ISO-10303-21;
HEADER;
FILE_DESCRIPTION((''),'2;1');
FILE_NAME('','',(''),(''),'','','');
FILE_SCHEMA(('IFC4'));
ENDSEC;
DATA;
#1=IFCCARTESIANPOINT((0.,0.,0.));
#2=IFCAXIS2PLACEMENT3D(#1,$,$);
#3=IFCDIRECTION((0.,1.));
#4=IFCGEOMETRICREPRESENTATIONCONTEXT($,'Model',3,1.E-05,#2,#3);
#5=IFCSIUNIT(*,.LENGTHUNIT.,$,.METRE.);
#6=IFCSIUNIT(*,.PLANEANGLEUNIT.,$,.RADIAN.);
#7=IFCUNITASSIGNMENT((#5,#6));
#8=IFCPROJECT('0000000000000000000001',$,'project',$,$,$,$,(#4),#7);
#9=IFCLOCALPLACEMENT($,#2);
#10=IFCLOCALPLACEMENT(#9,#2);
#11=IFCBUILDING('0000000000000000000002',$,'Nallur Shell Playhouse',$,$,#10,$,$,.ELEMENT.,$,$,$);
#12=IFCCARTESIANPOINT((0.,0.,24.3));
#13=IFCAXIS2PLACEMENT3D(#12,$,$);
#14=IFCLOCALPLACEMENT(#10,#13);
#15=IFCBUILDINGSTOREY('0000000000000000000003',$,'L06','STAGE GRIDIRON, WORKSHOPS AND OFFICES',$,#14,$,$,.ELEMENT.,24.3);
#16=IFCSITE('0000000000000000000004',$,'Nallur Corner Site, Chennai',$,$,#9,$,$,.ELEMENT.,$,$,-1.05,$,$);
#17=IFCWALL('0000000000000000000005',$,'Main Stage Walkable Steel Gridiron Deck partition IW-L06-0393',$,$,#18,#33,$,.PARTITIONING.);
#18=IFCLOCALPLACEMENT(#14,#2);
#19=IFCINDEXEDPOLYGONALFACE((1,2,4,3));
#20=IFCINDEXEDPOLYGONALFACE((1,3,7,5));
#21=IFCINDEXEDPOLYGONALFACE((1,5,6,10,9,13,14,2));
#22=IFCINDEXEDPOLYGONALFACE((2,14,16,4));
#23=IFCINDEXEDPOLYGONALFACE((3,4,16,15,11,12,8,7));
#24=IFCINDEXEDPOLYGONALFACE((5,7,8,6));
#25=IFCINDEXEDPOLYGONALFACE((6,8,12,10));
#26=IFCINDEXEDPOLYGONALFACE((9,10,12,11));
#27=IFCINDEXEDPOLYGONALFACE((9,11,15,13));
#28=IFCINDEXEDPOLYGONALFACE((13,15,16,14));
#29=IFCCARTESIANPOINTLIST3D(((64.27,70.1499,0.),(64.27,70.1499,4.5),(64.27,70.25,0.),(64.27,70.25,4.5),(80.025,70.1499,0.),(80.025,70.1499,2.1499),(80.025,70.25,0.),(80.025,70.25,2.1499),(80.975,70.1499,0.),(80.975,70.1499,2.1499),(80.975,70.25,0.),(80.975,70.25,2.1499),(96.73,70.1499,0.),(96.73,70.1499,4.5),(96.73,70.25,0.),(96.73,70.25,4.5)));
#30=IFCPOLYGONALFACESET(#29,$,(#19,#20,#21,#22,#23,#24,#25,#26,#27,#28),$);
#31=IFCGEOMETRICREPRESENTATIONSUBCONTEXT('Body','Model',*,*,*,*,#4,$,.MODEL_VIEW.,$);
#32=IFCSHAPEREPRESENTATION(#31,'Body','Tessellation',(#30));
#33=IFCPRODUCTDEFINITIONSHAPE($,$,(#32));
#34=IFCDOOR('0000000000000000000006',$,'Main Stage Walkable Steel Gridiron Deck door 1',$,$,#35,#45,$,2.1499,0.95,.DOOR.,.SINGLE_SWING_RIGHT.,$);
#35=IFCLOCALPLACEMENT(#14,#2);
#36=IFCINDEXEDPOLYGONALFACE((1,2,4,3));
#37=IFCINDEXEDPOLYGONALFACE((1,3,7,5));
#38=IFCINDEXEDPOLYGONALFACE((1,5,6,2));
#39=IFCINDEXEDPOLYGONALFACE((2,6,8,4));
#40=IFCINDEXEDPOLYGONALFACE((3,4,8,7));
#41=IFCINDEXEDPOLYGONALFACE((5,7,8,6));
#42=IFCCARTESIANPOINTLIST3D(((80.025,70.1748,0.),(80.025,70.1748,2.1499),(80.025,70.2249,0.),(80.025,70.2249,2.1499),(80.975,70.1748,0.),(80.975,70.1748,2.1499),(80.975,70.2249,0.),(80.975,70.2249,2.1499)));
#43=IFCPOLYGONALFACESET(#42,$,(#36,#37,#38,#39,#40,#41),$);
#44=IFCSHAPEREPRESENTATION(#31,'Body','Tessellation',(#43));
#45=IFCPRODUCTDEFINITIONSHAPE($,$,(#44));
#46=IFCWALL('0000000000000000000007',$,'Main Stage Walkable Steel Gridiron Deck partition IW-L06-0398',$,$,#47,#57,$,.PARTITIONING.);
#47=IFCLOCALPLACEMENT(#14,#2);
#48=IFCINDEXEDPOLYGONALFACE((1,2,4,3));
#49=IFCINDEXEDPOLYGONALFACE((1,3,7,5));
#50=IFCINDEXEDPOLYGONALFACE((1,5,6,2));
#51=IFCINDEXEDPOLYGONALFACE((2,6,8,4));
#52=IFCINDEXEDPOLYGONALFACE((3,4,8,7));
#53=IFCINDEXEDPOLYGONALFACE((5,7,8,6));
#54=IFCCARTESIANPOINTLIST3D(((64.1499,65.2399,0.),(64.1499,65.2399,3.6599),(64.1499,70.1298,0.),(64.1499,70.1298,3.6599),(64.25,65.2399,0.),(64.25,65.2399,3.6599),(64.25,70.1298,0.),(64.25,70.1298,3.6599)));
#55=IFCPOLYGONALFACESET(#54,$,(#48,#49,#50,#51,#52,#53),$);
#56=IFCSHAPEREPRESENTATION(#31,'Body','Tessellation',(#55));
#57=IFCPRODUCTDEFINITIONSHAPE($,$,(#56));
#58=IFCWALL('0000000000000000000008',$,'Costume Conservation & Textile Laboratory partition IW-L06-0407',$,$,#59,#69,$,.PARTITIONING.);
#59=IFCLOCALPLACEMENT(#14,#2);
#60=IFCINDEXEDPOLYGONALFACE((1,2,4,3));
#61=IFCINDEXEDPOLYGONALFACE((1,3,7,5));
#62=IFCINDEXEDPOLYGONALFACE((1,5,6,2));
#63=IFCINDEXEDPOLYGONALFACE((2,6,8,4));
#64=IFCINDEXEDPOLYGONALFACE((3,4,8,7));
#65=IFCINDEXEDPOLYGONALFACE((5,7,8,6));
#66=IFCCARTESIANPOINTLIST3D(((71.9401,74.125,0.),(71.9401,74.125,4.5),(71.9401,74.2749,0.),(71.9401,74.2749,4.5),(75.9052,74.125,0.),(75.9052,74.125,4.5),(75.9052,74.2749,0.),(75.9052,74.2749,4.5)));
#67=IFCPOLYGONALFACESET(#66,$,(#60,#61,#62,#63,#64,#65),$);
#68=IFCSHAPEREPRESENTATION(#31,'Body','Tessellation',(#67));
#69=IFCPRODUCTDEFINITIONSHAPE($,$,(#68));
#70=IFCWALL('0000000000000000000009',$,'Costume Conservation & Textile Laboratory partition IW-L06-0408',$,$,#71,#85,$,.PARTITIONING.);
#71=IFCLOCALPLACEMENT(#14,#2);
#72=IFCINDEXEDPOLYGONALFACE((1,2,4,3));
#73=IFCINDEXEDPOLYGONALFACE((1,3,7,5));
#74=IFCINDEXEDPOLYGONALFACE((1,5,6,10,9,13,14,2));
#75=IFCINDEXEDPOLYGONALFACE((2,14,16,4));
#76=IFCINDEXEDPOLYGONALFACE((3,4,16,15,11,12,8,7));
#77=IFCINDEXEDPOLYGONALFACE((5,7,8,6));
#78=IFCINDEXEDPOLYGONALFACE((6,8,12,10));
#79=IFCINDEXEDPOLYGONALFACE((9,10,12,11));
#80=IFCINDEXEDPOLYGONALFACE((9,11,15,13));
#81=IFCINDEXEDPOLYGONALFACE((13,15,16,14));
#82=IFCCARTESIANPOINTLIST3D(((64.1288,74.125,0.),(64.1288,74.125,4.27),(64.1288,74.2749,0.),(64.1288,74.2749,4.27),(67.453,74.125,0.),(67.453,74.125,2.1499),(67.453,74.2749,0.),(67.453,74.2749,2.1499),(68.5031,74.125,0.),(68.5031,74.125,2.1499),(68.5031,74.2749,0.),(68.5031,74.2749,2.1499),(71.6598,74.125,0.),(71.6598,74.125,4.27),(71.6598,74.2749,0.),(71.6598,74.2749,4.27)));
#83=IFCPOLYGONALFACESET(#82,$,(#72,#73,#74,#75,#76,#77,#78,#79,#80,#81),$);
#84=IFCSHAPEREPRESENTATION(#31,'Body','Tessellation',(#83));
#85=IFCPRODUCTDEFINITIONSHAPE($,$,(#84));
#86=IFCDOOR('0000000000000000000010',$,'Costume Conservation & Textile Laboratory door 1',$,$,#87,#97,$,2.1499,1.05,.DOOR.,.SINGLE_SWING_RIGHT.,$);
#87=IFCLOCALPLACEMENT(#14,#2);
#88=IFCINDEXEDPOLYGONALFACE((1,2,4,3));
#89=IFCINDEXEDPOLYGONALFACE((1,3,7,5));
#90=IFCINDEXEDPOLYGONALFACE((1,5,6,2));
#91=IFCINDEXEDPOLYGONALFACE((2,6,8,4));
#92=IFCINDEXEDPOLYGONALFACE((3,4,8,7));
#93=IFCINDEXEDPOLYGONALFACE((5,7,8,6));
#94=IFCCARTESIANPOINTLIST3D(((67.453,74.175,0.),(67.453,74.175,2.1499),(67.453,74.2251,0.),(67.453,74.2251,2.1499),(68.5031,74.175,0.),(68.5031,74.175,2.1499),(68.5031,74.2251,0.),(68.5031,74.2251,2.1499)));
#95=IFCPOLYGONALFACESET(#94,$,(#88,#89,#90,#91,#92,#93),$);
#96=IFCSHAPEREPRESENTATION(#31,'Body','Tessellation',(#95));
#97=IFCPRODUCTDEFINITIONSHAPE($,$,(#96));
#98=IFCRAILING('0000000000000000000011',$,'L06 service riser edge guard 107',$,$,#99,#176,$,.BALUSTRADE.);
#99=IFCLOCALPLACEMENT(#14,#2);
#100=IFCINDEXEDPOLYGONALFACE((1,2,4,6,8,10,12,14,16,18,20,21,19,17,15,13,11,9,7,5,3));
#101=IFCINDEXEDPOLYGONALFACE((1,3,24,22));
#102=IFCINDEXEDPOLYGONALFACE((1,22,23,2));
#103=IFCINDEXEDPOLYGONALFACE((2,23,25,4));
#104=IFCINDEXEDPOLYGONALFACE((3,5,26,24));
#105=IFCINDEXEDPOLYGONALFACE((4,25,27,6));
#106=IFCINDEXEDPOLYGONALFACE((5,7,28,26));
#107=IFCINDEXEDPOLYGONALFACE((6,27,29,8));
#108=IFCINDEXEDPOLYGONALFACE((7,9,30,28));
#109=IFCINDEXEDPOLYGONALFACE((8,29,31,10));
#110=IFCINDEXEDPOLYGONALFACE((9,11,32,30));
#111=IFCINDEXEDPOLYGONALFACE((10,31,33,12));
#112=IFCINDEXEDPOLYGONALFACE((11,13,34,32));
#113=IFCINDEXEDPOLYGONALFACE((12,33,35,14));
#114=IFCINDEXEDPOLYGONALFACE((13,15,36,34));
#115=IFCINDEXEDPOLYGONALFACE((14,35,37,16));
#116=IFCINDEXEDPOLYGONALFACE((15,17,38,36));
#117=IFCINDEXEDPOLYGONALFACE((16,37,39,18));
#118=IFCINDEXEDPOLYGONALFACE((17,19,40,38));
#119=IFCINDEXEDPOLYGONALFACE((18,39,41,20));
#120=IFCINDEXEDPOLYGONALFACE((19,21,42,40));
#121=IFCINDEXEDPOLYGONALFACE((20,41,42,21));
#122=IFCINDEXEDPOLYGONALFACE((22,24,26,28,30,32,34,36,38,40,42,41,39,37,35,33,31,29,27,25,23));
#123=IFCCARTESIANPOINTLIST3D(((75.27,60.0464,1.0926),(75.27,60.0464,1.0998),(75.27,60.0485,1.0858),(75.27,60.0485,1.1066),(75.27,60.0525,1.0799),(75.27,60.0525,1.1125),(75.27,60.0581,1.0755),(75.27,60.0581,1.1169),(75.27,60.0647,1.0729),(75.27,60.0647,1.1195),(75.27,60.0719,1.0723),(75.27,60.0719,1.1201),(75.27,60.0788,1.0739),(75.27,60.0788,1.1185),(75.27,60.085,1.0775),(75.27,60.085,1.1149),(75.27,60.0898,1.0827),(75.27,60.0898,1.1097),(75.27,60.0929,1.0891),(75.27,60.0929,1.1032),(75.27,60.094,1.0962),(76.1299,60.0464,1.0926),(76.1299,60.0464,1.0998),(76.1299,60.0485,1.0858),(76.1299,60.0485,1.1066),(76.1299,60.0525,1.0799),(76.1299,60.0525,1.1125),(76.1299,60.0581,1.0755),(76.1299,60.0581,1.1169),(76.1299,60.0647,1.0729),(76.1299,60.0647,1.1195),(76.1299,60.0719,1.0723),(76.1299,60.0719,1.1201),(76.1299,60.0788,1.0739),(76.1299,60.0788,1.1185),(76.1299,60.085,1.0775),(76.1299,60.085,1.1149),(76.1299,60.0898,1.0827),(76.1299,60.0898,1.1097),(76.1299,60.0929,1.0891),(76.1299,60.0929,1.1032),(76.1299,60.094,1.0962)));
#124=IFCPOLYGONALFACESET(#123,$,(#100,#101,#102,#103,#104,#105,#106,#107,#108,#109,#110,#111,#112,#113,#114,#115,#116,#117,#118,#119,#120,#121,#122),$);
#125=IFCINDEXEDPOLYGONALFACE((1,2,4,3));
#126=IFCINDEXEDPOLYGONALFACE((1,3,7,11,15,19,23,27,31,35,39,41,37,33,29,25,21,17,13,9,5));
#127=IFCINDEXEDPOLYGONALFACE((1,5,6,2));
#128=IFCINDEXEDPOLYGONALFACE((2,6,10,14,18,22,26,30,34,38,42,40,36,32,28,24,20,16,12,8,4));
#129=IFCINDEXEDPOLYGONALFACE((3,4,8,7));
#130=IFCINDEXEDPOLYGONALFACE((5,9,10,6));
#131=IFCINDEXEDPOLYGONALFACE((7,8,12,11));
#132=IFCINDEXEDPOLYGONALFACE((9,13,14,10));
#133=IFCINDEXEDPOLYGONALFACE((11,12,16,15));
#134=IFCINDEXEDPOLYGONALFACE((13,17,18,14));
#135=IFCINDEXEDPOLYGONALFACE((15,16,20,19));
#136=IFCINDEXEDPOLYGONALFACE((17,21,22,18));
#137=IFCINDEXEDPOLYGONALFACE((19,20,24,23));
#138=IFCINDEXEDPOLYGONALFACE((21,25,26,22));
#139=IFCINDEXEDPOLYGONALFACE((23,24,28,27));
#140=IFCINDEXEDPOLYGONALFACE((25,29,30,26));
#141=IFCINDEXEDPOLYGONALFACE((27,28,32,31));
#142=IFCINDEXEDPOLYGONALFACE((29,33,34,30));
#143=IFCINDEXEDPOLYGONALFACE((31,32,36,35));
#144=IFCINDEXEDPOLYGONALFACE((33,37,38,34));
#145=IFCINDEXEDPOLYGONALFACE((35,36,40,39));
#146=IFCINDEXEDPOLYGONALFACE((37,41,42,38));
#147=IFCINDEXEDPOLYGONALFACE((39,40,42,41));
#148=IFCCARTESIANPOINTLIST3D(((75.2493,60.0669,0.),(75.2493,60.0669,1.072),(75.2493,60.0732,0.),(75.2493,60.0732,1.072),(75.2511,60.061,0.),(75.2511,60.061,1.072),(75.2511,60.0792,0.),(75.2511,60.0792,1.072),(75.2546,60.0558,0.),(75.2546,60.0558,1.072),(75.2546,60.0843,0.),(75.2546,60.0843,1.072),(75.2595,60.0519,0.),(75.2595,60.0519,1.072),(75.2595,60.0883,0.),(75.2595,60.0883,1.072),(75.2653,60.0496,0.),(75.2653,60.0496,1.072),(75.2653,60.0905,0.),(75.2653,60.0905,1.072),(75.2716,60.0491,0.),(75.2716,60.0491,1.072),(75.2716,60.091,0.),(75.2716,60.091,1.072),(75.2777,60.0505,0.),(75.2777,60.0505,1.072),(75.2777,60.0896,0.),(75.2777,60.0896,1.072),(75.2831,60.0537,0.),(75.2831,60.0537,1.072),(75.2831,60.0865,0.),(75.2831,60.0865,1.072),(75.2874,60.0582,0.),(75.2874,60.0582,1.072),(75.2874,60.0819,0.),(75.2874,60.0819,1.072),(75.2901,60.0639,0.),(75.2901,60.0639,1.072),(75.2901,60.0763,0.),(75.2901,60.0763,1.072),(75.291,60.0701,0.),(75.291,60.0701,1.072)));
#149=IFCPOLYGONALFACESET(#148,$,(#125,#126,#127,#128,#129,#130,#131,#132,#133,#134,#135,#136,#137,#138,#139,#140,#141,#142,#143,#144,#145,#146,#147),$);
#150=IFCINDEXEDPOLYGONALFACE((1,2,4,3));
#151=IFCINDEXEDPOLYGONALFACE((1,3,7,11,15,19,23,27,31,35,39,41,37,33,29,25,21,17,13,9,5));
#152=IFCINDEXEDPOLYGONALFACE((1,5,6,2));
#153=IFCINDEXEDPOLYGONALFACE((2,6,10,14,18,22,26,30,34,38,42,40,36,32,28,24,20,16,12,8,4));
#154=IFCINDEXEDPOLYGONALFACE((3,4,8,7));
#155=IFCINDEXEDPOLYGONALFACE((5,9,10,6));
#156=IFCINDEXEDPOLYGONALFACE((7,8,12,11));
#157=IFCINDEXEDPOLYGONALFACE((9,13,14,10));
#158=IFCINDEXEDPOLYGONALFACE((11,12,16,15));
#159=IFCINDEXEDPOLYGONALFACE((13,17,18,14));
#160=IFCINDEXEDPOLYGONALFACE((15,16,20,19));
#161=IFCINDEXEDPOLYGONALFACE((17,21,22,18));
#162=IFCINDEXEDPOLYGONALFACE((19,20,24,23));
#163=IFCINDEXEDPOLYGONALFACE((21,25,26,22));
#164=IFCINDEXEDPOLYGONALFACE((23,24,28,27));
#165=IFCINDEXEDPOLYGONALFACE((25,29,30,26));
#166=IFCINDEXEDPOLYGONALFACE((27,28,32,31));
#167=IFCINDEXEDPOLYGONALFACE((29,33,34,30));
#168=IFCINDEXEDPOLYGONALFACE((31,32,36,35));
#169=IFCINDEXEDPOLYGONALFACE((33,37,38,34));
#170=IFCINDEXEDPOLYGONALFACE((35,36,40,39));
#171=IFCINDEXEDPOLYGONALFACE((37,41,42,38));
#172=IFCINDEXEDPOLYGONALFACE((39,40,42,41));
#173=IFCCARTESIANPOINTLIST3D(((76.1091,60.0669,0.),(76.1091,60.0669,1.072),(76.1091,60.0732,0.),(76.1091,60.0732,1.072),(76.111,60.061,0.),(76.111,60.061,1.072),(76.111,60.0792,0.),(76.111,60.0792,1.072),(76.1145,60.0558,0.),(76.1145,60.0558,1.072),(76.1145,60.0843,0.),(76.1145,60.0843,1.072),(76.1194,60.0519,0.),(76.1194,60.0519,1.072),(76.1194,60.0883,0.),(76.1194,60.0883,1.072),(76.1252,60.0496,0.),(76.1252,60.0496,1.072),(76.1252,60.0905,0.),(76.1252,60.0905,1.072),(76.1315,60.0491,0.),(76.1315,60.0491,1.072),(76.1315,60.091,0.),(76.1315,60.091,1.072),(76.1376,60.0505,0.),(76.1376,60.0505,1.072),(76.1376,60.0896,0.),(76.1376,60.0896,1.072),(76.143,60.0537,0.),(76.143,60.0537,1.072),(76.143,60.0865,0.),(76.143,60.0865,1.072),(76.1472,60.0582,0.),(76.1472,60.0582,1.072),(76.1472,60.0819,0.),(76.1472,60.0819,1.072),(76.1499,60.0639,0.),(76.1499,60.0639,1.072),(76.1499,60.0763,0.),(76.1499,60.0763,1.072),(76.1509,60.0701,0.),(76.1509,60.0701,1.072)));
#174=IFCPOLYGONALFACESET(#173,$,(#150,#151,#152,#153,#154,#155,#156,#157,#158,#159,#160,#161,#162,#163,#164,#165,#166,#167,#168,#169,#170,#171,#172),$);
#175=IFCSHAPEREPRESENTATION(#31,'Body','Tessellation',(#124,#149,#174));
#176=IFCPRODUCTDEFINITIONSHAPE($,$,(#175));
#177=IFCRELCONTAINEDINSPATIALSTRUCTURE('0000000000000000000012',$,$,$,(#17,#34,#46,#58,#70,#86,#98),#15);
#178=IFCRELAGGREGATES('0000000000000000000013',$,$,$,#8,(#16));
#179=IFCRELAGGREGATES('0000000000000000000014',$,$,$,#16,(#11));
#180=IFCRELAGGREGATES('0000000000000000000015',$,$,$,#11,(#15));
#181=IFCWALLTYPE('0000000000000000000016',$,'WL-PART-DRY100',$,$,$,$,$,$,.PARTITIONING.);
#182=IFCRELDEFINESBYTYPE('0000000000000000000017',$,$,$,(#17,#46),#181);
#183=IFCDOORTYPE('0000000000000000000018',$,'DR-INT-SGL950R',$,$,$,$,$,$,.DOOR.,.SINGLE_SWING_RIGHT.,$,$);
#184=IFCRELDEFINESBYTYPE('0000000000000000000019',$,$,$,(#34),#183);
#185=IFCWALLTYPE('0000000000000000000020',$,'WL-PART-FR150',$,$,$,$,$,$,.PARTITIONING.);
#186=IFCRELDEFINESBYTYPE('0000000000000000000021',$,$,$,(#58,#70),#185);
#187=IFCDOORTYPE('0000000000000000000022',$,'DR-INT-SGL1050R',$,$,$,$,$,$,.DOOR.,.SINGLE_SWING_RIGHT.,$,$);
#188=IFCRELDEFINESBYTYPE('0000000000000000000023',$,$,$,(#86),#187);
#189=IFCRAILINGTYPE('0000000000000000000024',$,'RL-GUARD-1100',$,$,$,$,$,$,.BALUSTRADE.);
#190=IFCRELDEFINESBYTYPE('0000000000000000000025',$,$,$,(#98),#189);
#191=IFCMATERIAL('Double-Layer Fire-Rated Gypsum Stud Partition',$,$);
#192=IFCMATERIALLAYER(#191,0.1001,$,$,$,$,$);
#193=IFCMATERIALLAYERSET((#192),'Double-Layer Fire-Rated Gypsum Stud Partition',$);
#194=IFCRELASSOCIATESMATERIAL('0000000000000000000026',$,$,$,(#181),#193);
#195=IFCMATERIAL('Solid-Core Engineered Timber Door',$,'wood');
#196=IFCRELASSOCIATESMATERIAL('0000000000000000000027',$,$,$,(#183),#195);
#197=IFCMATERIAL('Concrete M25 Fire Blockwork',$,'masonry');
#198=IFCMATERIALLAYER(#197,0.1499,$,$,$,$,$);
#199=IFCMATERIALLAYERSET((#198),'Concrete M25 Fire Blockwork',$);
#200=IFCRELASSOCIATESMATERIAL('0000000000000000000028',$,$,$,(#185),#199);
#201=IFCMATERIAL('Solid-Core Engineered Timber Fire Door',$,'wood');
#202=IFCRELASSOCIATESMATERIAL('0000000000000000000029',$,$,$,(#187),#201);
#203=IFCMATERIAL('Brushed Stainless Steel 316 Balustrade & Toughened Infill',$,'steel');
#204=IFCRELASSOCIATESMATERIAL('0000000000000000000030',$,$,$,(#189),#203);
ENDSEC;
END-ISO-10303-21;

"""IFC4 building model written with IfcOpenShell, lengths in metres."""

from ifc_helpers import new_model, si_unit, direction, frame, frame_2d, origin, origin_2d, place, context, subcontext, project, spatial, rectangle, circle, extrude, material, layer, layer_set, type_object, element, fill, save


model = new_model("IFC4")

# Units and contexts
model_context = context("Model", 3, precision=1e-05, world=origin(), true_north=direction((0.0, 1.0)))
body_context = subcontext(model_context, "Body", "Model", "MODEL_VIEW")
ifc_project = project(units=[si_unit("LENGTHUNIT", "METRE"), si_unit("PLANEANGLEUNIT", "RADIAN")], contexts=[model_context])

# Site, building, storey
site_placement = place(None, origin())
site = spatial("IfcSite", under=ifc_project, at=site_placement, Name="Nallur Corner Site, Chennai", CompositionType="ELEMENT", RefElevation=-1.05)
building_placement = place(site_placement, origin())
building = spatial("IfcBuilding", under=site, at=building_placement, Name="Nallur Shell Playhouse", CompositionType="ELEMENT")
storey_placement = place(building_placement, frame((0.0, 0.0, 24.3)))
storey = spatial("IfcBuildingStorey", under=building, at=storey_placement, Name="L06", Description="STAGE GRIDIRON, WORKSHOPS AND OFFICES", CompositionType="ELEMENT", Elevation=24.3)

# Wall, opening, door
ifc_material_1 = material(Name="Double-Layer Fire-Rated Gypsum Stud Partition")
ifc_layer_1 = layer(ifc_material_1, 0.1001)
ifc_layer_set_1 = layer_set([ifc_layer_1], Name="Double-Layer Fire-Rated Gypsum Stud Partition")
wall_type_1 = type_object("IfcWallType", Name="WL-PART-DRY100", PredefinedType="PARTITIONING", material=ifc_layer_set_1)
wall_1_placement = place(storey_placement, frame((64.27, 70.2, 0.0), z_axis=(0.0, 0.0, 1.0), x_axis=(1.0, 0.0, 0.0)))
wall_1 = element("IfcWall", 1, at=wall_1_placement, inside=storey, type_object=wall_type_1, Name="Main Stage Walkable Steel Gridiron Deck partition IW-L06-0393", PredefinedType="PARTITIONING", context=body_context, shape_type="SweptSolid", body=[
    extrude(rectangle(XDim=32.46, YDim=0.1001, at=frame_2d((16.23, 0.0))), origin(), (0.0, 0.0, 1.0), 4.5),
])
opening_1_placement = place(wall_1_placement, frame((15.7549, 0.0, 0.0)))
opening_1 = element("IfcOpeningElement", 2, at=opening_1_placement, cuts=wall_1, PredefinedType="OPENING", context=body_context, shape_type="SweptSolid", body=[
    extrude(rectangle(XDim=0.95, YDim=2.1499, at=frame_2d((0.4751, 1.075))), frame((0.0, 0.0601, 0.0), z_axis=(0.0, -1.0, 0.0), x_axis=(1.0, 0.0, 0.0)), (0.0, 0.0, 1.0), 0.1201),
])
ifc_material_2 = material(Name="Solid-Core Engineered Timber Door", Category="wood")
door_type_1 = type_object("IfcDoorType", Name="DR-INT-SGL950R", OperationType="SINGLE_SWING_RIGHT", PredefinedType="DOOR", material=ifc_material_2)
door_1_placement = place(opening_1_placement, origin())
door_1 = element("IfcDoor", 3, at=door_1_placement, inside=storey, type_object=door_type_1, Name="Main Stage Walkable Steel Gridiron Deck door 1", OperationType="SINGLE_SWING_RIGHT", OverallHeight=2.1499, OverallWidth=0.95, PredefinedType="DOOR", context=body_context, shape_type="SweptSolid", body=[
    extrude(rectangle(XDim=0.95, YDim=2.1499, at=frame_2d((0.4751, 1.075))), frame((0.0, 0.0249, 0.0), z_axis=(0.0, -1.0, 0.0), x_axis=(1.0, 0.0, 0.0)), (0.0, 0.0, 1.0), 0.05),
])
fill(opening_1, door_1)

# Walls
wall_2_placement = place(storey_placement, frame((64.2, 65.24, 0.0), z_axis=(0.0, 0.0, 1.0), x_axis=(0.0, 1.0, 0.0)))
element("IfcWall", 4, at=wall_2_placement, inside=storey, type_object=wall_type_1, Name="Main Stage Walkable Steel Gridiron Deck partition IW-L06-0398", PredefinedType="PARTITIONING", context=body_context, shape_type="SweptSolid", body=[
    extrude(rectangle(XDim=4.8899, YDim=0.1001, at=frame_2d((2.4448, 0.0))), origin(), (0.0, 0.0, 1.0), 3.6599),
])
ifc_material_3 = material(Name="Concrete M25 Fire Blockwork", Category="masonry")
ifc_layer_2 = layer(ifc_material_3, 0.1499)
ifc_layer_set_2 = layer_set([ifc_layer_2], Name="Concrete M25 Fire Blockwork")
wall_type_2 = type_object("IfcWallType", Name="WL-PART-FR150", PredefinedType="PARTITIONING", material=ifc_layer_set_2)
wall_3_placement = place(storey_placement, frame((75.905, 74.2, 0.0), z_axis=(0.0, 0.0, 1.0), x_axis=(-1.0, 0.0, 0.0)))
element("IfcWall", 5, at=wall_3_placement, inside=storey, type_object=wall_type_2, Name="Costume Conservation & Textile Laboratory partition IW-L06-0407", PredefinedType="PARTITIONING", context=body_context, shape_type="SweptSolid", body=[
    extrude(rectangle(XDim=3.9651, YDim=0.1499, at=frame_2d((1.9824, 0.0))), origin(), (0.0, 0.0, 1.0), 4.5),
])

# Wall, opening, door
wall_4_placement = place(storey_placement, frame((71.6599, 74.2, 0.0), z_axis=(0.0, 0.0, 1.0), x_axis=(-1.0, 0.0, 0.0)))
wall_4 = element("IfcWall", 6, at=wall_4_placement, inside=storey, type_object=wall_type_2, Name="Costume Conservation & Textile Laboratory partition IW-L06-0408", PredefinedType="PARTITIONING", context=body_context, shape_type="SweptSolid", body=[
    extrude(rectangle(XDim=7.531, YDim=0.1499, at=frame_2d((3.7656, 0.0))), origin(), (0.0, 0.0, 1.0), 4.27),
])
opening_2_placement = place(wall_4_placement, frame((3.157, 0.0, 0.0)))
opening_2 = element("IfcOpeningElement", 7, at=opening_2_placement, cuts=wall_4, PredefinedType="OPENING", context=body_context, shape_type="SweptSolid", body=[
    extrude(rectangle(XDim=1.05, YDim=2.1499, at=frame_2d((0.5249, 1.075))), frame((0.0, 0.085, 0.0), z_axis=(0.0, -1.0, 0.0), x_axis=(1.0, 0.0, 0.0)), (0.0, 0.0, 1.0), 0.1699),
])
ifc_material_4 = material(Name="Solid-Core Engineered Timber Fire Door", Category="wood")
door_type_2 = type_object("IfcDoorType", Name="DR-INT-SGL1050R", OperationType="SINGLE_SWING_RIGHT", PredefinedType="DOOR", material=ifc_material_4)
door_2_placement = place(opening_2_placement, origin())
door_2 = element("IfcDoor", 8, at=door_2_placement, inside=storey, type_object=door_type_2, Name="Costume Conservation & Textile Laboratory door 1", OperationType="SINGLE_SWING_RIGHT", OverallHeight=2.1499, OverallWidth=1.05, PredefinedType="DOOR", context=body_context, shape_type="SweptSolid", body=[
    extrude(rectangle(XDim=1.05, YDim=2.1499, at=frame_2d((0.5249, 1.075))), frame((0.0, 0.0249, 0.0), z_axis=(0.0, -1.0, 0.0), x_axis=(1.0, 0.0, 0.0)), (0.0, 0.0, 1.0), 0.05),
])
fill(opening_2, door_2)

# Railing
ifc_material_5 = material(Name="Brushed Stainless Steel 316 Balustrade & Toughened Infill", Category="steel")
railing_type = type_object("IfcRailingType", Name="RL-GUARD-1100", PredefinedType="BALUSTRADE", material=ifc_material_5)
railing_1_placement = place(storey_placement, frame((75.27, 60.0701, 0.0)))
element("IfcRailing", 9, at=railing_1_placement, inside=storey, type_object=railing_type, Name="L06 service riser edge guard 107", PredefinedType="BALUSTRADE", context=body_context, shape_type="SweptSolid", body=[
    extrude(circle(Radius=0.0239, at=origin_2d()), frame((0.0, 0.0, 1.0962), z_axis=(1.0, 0.0, 0.0), x_axis=(0.0, 1.0, 0.0)), (0.0, 0.0, 1.0), 0.8599),
    extrude(circle(Radius=0.021, at=origin_2d()), origin(), (0.0, 0.0, 1.0), 1.072),
    extrude(circle(Radius=0.021, at=origin_2d()), frame((0.8599, 0.0, 0.0)), (0.0, 0.0, 1.0), 1.072),
])

save(model, "model.ifc")
